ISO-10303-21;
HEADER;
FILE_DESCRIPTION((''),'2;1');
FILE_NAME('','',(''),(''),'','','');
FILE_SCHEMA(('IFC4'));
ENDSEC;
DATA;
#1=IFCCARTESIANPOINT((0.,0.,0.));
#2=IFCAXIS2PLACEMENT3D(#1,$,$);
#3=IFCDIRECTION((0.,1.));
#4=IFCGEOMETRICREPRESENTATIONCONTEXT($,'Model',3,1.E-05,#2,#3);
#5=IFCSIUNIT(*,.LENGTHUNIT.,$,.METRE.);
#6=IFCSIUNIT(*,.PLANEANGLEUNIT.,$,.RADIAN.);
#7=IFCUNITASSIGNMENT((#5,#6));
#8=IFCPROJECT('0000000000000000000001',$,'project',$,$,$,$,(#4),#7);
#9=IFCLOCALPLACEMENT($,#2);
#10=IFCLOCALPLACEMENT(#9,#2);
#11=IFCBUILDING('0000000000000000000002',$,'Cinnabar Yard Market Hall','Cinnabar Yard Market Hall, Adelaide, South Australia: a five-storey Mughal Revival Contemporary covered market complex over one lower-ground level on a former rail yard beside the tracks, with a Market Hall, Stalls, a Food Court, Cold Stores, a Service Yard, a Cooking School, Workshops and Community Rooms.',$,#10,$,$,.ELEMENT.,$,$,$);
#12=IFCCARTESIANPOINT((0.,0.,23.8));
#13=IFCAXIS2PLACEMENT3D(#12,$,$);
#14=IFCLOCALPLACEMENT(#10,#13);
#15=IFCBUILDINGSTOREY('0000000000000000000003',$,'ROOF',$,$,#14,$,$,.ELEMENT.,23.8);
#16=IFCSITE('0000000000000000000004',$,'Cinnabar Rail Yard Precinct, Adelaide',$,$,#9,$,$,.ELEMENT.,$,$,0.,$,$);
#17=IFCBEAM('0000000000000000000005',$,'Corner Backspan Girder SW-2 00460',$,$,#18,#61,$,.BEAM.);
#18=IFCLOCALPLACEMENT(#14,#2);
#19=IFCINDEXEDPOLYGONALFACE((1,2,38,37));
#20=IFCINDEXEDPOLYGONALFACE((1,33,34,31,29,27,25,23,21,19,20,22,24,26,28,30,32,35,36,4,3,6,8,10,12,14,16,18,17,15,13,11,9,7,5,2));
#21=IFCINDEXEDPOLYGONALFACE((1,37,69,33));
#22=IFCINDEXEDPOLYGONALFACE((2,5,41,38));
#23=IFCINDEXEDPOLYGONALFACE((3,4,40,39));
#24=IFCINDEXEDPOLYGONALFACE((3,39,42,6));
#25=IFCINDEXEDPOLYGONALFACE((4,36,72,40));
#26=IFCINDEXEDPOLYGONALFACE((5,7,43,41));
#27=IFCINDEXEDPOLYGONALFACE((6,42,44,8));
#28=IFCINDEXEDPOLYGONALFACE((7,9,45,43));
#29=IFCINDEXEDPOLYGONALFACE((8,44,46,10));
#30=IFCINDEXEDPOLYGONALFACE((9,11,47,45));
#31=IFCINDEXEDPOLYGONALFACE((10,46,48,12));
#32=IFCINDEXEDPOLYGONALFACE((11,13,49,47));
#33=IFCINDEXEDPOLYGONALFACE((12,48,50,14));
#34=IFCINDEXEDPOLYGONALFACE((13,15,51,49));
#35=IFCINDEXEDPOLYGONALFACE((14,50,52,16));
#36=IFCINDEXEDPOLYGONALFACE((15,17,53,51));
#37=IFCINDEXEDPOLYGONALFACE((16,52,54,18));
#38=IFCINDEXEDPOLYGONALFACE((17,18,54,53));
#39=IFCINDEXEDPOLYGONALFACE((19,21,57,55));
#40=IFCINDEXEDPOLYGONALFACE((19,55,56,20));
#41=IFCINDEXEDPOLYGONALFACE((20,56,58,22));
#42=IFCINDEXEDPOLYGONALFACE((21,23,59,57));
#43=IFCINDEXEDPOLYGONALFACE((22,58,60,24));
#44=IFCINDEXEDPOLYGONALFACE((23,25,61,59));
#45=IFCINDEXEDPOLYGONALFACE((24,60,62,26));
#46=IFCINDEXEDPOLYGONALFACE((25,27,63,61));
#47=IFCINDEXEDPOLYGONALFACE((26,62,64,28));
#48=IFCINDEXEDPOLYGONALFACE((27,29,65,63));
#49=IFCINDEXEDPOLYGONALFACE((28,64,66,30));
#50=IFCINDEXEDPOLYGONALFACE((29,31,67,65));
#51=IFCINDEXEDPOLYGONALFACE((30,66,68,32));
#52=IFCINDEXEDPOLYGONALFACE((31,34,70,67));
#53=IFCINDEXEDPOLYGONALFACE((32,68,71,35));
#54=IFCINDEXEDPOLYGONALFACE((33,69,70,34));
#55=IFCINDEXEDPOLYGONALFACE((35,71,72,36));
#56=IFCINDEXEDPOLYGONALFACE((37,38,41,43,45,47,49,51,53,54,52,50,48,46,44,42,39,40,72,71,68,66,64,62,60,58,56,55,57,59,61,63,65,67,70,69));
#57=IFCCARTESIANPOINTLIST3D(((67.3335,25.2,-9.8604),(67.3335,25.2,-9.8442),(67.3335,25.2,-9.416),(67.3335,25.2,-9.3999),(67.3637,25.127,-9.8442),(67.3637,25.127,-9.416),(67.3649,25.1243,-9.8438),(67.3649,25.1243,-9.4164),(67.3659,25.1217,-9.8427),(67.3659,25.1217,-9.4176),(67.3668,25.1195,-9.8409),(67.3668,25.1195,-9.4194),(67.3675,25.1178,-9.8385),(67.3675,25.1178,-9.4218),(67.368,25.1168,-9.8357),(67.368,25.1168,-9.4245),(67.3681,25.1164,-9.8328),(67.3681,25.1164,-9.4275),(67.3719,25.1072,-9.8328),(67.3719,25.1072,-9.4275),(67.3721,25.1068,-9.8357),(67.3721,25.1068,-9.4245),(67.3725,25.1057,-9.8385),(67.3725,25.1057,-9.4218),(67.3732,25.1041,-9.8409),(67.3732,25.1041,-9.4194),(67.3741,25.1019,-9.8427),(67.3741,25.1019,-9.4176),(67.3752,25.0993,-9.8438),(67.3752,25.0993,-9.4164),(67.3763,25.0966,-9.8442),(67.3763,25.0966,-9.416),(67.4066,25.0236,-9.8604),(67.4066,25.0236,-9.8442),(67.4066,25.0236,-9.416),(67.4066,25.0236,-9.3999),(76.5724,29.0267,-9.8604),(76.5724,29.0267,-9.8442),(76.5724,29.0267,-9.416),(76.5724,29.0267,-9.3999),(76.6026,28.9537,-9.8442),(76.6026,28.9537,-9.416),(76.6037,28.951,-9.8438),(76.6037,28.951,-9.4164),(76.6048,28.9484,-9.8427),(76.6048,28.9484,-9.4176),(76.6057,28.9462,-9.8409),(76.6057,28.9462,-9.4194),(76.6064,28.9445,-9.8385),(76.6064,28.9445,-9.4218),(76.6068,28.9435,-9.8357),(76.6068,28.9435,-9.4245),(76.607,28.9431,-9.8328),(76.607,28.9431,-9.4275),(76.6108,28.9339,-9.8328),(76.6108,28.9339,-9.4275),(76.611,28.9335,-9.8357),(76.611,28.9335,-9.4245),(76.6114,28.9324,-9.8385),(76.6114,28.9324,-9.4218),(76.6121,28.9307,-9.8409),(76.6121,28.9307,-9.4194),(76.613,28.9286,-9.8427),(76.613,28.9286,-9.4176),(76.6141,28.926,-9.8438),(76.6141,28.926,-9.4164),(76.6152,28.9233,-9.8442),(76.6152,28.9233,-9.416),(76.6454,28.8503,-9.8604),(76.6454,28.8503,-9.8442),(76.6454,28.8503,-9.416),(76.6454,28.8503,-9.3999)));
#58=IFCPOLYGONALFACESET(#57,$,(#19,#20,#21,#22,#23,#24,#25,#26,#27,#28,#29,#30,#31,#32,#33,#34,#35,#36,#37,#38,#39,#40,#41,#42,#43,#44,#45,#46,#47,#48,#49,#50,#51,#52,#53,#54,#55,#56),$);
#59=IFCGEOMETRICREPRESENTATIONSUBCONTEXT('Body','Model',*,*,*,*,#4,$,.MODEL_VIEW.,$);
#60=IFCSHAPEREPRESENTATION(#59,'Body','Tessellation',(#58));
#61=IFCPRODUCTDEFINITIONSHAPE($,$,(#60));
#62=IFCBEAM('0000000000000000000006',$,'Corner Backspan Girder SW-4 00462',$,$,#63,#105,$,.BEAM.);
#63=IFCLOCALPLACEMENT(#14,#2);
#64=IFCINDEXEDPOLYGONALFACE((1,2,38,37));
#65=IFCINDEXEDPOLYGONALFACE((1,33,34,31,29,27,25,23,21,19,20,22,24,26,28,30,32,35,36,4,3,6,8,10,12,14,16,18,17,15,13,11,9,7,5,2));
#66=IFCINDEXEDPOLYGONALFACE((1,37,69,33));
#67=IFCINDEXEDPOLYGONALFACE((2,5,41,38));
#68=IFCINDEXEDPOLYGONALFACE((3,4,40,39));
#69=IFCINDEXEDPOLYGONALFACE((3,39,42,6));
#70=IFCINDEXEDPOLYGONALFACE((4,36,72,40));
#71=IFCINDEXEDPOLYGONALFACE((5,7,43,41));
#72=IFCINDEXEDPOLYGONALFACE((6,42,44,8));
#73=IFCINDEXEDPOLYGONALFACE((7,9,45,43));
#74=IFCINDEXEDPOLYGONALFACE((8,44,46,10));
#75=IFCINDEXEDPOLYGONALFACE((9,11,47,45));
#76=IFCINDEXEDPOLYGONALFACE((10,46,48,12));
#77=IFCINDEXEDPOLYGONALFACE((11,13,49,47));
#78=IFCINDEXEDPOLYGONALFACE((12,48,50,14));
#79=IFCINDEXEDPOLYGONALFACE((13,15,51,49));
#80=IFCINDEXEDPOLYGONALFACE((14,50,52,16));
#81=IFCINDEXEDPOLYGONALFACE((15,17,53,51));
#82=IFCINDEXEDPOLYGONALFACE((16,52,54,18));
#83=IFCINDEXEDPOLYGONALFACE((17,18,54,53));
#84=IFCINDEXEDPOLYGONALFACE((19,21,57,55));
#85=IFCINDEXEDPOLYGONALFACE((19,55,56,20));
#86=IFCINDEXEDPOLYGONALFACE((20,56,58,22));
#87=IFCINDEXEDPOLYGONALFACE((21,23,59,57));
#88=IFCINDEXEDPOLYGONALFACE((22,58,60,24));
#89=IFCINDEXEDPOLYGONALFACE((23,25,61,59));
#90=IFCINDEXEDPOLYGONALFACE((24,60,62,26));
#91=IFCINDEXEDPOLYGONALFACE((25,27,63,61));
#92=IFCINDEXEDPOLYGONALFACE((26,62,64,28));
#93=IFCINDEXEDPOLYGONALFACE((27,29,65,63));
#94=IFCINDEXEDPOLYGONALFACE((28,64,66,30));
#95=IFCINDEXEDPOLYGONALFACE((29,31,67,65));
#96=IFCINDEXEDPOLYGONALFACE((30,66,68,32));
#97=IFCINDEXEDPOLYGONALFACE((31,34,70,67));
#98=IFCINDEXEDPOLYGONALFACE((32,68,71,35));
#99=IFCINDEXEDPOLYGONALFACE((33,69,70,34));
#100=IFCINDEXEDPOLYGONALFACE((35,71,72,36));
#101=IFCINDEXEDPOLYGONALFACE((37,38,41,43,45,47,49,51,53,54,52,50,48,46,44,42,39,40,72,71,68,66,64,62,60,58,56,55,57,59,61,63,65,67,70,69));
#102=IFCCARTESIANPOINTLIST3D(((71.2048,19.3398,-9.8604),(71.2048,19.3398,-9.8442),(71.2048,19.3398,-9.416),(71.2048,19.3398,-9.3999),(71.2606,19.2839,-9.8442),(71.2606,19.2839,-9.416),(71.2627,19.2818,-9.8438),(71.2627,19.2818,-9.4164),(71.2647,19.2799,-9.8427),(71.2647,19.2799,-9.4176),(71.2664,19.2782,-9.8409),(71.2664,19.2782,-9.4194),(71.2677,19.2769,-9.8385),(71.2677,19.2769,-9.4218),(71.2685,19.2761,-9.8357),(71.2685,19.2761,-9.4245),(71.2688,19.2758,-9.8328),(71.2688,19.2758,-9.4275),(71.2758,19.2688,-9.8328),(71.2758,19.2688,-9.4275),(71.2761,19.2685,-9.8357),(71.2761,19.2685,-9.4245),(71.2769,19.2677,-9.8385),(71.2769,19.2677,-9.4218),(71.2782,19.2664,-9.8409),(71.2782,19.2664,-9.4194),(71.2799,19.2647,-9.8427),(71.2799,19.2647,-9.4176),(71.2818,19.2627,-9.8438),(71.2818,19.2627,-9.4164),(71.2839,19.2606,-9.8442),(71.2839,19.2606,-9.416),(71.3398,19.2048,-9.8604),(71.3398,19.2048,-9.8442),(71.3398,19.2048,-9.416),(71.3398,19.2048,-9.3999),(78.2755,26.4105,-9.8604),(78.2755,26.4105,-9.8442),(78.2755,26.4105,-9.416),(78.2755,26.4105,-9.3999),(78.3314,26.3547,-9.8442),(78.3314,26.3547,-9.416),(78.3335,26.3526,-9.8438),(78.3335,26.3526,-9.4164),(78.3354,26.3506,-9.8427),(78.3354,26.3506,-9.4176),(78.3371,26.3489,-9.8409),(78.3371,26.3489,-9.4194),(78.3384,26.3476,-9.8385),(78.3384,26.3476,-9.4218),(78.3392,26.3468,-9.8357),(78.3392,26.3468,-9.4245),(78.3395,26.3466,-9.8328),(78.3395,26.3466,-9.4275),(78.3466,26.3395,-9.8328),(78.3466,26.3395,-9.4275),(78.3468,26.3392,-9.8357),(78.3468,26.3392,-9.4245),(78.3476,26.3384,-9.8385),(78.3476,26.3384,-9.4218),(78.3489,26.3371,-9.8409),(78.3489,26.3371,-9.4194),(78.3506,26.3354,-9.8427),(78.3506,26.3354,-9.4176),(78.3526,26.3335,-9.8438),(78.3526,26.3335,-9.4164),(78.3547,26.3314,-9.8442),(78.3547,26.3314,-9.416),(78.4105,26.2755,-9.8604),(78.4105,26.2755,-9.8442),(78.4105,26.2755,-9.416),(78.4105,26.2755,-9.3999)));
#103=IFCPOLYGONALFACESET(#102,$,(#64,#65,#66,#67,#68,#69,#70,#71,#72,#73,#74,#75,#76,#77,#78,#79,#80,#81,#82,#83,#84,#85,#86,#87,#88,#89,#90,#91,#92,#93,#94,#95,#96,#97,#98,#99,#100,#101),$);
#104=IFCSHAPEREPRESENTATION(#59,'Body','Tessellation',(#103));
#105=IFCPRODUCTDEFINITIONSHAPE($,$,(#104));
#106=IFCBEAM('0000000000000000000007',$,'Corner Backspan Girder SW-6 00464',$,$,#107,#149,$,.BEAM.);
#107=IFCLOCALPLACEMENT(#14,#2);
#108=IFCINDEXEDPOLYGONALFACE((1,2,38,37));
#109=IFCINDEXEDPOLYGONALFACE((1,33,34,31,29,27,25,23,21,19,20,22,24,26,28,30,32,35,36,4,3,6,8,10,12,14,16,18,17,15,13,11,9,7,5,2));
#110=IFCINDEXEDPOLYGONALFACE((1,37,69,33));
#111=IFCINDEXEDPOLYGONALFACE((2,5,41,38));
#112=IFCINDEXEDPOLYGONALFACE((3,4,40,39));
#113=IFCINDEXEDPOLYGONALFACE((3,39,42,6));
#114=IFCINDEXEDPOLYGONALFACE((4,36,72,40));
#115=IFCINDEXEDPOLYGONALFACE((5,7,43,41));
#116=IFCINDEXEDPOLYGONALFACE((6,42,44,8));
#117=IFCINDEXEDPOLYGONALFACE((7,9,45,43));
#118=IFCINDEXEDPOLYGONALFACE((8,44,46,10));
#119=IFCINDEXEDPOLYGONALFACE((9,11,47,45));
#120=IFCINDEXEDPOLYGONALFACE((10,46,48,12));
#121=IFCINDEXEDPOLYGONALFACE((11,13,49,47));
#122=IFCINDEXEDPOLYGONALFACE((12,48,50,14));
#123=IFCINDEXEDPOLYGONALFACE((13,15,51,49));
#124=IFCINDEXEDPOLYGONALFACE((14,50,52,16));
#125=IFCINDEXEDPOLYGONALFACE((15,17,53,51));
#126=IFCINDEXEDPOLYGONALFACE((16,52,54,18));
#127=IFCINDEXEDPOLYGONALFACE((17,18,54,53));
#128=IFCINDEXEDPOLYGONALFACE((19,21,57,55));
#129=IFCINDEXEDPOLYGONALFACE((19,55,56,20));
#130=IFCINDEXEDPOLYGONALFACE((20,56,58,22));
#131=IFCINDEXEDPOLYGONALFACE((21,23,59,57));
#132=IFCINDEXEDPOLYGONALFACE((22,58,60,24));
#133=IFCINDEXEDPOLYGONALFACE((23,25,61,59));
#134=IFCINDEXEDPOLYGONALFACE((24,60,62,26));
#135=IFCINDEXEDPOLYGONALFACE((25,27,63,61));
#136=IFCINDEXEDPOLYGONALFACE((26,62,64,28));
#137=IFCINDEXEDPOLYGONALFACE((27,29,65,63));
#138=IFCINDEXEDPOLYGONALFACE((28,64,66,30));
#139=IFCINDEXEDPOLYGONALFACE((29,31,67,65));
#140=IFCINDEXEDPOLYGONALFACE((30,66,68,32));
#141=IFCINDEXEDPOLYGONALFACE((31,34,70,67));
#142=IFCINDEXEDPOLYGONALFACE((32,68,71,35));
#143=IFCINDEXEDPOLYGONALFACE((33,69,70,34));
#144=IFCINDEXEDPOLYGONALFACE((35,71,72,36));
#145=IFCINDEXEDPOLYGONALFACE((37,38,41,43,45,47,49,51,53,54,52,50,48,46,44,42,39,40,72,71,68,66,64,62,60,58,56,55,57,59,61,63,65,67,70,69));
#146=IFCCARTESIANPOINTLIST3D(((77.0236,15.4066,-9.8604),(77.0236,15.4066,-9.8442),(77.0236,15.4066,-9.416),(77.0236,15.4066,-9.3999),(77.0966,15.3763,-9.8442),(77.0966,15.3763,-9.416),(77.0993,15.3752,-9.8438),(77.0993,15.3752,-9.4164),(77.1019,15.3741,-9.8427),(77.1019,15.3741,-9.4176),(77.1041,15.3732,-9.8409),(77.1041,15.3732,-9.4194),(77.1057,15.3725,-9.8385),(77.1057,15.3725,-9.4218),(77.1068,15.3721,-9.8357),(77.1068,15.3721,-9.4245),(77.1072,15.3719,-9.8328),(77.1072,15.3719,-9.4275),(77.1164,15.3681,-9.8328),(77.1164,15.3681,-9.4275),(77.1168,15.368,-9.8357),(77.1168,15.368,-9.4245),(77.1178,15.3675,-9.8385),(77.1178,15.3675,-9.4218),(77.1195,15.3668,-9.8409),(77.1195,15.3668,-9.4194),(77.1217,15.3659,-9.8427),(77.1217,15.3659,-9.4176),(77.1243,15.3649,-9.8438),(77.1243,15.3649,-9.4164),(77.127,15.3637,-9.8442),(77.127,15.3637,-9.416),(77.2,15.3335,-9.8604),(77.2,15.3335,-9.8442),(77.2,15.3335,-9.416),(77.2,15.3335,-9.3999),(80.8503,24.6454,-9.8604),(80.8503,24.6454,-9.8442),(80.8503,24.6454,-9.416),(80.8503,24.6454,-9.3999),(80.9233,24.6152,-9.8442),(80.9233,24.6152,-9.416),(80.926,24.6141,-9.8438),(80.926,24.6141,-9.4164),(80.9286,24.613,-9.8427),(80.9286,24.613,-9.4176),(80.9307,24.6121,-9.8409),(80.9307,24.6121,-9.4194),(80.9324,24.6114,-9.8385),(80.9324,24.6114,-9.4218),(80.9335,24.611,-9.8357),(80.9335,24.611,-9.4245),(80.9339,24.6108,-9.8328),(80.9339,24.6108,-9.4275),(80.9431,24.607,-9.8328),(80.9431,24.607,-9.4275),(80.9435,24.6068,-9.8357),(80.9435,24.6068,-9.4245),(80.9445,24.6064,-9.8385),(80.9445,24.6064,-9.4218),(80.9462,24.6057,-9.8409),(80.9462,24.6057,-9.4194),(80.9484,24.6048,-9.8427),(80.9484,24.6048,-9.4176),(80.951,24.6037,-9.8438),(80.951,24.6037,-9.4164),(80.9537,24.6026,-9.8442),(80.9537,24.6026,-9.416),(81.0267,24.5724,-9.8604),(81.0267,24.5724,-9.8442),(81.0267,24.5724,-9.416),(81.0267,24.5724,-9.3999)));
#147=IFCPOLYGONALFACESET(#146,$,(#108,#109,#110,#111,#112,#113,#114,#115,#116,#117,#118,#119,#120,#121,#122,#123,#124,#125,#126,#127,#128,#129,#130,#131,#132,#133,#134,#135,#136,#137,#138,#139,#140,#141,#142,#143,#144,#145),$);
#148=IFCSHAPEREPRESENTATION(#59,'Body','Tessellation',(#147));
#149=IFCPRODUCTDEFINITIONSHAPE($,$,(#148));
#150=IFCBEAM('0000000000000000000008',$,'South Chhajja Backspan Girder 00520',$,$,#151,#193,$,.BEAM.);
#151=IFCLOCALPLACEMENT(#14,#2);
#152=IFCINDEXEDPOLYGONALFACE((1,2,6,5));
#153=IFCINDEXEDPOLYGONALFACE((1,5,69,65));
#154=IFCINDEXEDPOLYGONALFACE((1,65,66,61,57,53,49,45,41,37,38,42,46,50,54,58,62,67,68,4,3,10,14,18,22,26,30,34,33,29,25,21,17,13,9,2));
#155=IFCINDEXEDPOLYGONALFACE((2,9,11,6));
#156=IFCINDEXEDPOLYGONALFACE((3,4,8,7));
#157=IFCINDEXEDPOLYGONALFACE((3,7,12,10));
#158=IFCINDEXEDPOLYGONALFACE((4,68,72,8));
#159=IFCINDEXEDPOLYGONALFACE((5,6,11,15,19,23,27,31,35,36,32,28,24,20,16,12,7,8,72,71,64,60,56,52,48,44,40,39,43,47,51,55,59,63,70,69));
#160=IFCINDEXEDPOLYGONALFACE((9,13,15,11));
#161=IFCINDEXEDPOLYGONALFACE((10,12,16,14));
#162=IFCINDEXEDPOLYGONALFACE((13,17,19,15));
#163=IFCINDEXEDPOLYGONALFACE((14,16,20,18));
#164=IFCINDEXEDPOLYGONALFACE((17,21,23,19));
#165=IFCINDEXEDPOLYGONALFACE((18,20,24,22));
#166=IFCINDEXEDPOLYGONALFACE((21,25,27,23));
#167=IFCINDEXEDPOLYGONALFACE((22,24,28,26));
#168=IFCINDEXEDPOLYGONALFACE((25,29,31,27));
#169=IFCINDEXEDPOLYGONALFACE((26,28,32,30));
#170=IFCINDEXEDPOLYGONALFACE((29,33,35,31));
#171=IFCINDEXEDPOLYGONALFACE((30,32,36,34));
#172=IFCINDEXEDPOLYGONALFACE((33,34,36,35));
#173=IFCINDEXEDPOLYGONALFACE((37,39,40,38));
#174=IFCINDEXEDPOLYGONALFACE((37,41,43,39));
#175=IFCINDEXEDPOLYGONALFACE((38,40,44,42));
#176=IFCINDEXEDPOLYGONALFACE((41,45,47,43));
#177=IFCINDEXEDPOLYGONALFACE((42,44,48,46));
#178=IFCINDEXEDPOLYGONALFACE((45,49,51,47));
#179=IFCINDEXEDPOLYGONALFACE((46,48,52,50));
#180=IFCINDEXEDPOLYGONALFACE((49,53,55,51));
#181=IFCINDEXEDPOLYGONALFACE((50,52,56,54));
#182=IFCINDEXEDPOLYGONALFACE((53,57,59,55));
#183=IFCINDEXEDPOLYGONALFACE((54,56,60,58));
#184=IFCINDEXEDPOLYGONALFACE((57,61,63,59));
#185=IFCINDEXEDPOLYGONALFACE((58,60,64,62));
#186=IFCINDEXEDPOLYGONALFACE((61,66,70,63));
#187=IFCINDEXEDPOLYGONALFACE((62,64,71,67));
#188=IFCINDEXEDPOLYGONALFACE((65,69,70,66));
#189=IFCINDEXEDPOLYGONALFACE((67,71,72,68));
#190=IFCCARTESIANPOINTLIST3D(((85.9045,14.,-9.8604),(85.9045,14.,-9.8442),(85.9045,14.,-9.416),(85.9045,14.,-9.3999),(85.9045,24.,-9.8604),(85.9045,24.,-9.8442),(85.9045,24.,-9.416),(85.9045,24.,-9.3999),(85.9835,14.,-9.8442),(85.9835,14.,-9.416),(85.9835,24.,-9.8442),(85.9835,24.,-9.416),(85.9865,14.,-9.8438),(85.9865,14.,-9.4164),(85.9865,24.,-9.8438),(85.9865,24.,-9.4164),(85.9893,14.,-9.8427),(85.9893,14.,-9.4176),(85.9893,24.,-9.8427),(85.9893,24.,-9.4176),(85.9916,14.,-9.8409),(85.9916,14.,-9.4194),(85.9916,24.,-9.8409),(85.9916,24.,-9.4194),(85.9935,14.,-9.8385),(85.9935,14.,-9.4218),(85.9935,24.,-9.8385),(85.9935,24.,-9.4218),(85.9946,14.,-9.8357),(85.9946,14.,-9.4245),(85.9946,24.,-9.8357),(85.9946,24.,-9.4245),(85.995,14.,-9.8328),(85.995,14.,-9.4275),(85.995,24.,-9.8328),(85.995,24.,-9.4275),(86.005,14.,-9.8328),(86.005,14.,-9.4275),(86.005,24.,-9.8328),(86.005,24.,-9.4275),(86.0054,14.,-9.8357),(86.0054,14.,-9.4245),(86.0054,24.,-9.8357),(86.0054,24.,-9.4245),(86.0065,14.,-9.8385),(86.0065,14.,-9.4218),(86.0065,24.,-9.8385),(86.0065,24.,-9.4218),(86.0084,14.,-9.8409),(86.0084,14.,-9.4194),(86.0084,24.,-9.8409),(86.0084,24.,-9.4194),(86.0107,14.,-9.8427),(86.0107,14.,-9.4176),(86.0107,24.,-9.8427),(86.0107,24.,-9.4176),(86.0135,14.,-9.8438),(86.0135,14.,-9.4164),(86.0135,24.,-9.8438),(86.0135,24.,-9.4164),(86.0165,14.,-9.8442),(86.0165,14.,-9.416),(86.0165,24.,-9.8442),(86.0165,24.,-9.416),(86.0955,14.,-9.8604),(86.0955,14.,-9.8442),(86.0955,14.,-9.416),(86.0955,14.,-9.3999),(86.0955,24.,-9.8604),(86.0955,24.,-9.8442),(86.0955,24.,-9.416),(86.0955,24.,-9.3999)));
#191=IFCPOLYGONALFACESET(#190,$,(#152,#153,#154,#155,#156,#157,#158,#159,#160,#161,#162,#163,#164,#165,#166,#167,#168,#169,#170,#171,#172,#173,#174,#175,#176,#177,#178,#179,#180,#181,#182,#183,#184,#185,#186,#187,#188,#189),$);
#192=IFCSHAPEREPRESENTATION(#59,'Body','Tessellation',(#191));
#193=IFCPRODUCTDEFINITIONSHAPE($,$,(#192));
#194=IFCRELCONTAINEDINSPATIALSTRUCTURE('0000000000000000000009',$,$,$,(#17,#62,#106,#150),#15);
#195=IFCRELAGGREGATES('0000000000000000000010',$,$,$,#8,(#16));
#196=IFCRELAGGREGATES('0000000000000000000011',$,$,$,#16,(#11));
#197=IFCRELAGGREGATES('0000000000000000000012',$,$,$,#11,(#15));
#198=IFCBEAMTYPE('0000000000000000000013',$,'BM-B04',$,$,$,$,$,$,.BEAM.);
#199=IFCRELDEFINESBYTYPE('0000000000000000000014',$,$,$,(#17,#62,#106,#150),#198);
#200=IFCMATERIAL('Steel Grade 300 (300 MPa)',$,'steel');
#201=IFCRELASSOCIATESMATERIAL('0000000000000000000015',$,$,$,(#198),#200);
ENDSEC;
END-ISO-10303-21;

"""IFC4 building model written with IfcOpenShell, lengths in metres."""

from ifc_helpers import new_model, si_unit, direction, frame, origin, origin_2d_with_axis, place, context, subcontext, project, spatial, i_section, extrude, material, material_profile, profile_set, type_object, element, save


model = new_model("IFC4")

# Units and contexts
model_context = context("Model", 3, precision=1e-05, world=origin(), true_north=direction((0.0, 1.0)))
body_context = subcontext(model_context, "Body", "Model", "MODEL_VIEW")
ifc_project = project(units=[si_unit("LENGTHUNIT", "METRE"), si_unit("PLANEANGLEUNIT", "RADIAN")], contexts=[model_context])

# Site, building, storey
site_placement = place(None, origin())
site = spatial("IfcSite", under=ifc_project, at=site_placement, Name="Cinnabar Rail Yard Precinct, Adelaide", CompositionType="ELEMENT", RefElevation=0.0)
building_placement = place(site_placement, origin())
building = spatial("IfcBuilding", under=site, at=building_placement, Name="Cinnabar Yard Market Hall", Description="Cinnabar Yard Market Hall, Adelaide, South Australia: a five-storey Mughal Revival Contemporary covered market complex over one lower-ground level on a former rail yard beside the tracks, with a Market Hall, Stalls, a Food Court, Cold Stores, a Service Yard, a Cooking School, Workshops and Community Rooms.", CompositionType="ELEMENT")
storey_placement = place(building_placement, frame((0.0, 0.0, 23.8)))
storey = spatial("IfcBuildingStorey", under=building, at=storey_placement, Name="ROOF", CompositionType="ELEMENT", Elevation=23.8)

# Beams
ifc_material_1 = material(Name="Steel Grade 300 (300 MPa)", Category="steel")
ifc_material_profile_1 = material_profile(ifc_material_1, i_section(OverallWidth=0.1909, OverallDepth=0.4604, WebThickness=0.01, FlangeThickness=0.0161, FilletRadius=0.0115, at=origin_2d_with_axis()), Name="460UB82.1")
ifc_profile_set_1 = profile_set([ifc_material_profile_1], Name="Steel Grade 300 (300 MPa)")
beam_type_1 = type_object("IfcBeamType", Name="BM-B04", PredefinedType="BEAM", material=ifc_profile_set_1)
beam_1_placement = place(storey_placement, frame((76.6089, 28.9385, -9.6301), z_axis=(-0.923885, -0.382669, 0.0), x_axis=(0.382669, -0.923885, 0.0)))
element("IfcBeam", 1, at=beam_1_placement, inside=storey, type_object=beam_type_1, Name="Corner Backspan Girder SW-2 00460", PredefinedType="BEAM", context=body_context, shape_type="SweptSolid", body=[
    extrude(i_section(OverallWidth=0.1909, OverallDepth=0.4604, WebThickness=0.01, FlangeThickness=0.0161, FilletRadius=0.0115, at=origin_2d_with_axis()), origin(), (0.0, 0.0, 1.0), 10.0),
])
beam_2_placement = place(storey_placement, frame((78.343, 26.343, -9.6301), z_axis=(-0.707107, -0.707107, 0.0), x_axis=(0.707107, -0.707107, 0.0)))
element("IfcBeam", 2, at=beam_2_placement, inside=storey, type_object=beam_type_1, Name="Corner Backspan Girder SW-4 00462", PredefinedType="BEAM", context=body_context, shape_type="SweptSolid", body=[
    extrude(i_section(OverallWidth=0.1909, OverallDepth=0.4604, WebThickness=0.01, FlangeThickness=0.0161, FilletRadius=0.0115, at=origin_2d_with_axis()), origin(), (0.0, 0.0, 1.0), 9.9995),
])
for number, where, z_axis, x_axis, name in (
    (3, (80.9385, 24.6089, -9.6301), (-0.382669, -0.923885, 0.0), (0.923885, -0.382669, 0.0), "Corner Backspan Girder SW-6 00464"),
    (4, (86.0, 24.0, -9.6301), (0.0, -1.0, 0.0), (1.0, 0.0, 0.0), "South Chhajja Backspan Girder 00520"),
):
    element("IfcBeam", number, at=place(storey_placement, frame(where, z_axis=z_axis, x_axis=x_axis)), inside=storey, type_object=beam_type_1, Name=name, PredefinedType="BEAM", context=body_context, shape_type="SweptSolid", body=[
        extrude(i_section(OverallWidth=0.1909, OverallDepth=0.4604, WebThickness=0.01, FlangeThickness=0.0161, FilletRadius=0.0115, at=origin_2d_with_axis()), origin(), (0.0, 0.0, 1.0), 10.0),
    ])

save(model, "model.ifc")
